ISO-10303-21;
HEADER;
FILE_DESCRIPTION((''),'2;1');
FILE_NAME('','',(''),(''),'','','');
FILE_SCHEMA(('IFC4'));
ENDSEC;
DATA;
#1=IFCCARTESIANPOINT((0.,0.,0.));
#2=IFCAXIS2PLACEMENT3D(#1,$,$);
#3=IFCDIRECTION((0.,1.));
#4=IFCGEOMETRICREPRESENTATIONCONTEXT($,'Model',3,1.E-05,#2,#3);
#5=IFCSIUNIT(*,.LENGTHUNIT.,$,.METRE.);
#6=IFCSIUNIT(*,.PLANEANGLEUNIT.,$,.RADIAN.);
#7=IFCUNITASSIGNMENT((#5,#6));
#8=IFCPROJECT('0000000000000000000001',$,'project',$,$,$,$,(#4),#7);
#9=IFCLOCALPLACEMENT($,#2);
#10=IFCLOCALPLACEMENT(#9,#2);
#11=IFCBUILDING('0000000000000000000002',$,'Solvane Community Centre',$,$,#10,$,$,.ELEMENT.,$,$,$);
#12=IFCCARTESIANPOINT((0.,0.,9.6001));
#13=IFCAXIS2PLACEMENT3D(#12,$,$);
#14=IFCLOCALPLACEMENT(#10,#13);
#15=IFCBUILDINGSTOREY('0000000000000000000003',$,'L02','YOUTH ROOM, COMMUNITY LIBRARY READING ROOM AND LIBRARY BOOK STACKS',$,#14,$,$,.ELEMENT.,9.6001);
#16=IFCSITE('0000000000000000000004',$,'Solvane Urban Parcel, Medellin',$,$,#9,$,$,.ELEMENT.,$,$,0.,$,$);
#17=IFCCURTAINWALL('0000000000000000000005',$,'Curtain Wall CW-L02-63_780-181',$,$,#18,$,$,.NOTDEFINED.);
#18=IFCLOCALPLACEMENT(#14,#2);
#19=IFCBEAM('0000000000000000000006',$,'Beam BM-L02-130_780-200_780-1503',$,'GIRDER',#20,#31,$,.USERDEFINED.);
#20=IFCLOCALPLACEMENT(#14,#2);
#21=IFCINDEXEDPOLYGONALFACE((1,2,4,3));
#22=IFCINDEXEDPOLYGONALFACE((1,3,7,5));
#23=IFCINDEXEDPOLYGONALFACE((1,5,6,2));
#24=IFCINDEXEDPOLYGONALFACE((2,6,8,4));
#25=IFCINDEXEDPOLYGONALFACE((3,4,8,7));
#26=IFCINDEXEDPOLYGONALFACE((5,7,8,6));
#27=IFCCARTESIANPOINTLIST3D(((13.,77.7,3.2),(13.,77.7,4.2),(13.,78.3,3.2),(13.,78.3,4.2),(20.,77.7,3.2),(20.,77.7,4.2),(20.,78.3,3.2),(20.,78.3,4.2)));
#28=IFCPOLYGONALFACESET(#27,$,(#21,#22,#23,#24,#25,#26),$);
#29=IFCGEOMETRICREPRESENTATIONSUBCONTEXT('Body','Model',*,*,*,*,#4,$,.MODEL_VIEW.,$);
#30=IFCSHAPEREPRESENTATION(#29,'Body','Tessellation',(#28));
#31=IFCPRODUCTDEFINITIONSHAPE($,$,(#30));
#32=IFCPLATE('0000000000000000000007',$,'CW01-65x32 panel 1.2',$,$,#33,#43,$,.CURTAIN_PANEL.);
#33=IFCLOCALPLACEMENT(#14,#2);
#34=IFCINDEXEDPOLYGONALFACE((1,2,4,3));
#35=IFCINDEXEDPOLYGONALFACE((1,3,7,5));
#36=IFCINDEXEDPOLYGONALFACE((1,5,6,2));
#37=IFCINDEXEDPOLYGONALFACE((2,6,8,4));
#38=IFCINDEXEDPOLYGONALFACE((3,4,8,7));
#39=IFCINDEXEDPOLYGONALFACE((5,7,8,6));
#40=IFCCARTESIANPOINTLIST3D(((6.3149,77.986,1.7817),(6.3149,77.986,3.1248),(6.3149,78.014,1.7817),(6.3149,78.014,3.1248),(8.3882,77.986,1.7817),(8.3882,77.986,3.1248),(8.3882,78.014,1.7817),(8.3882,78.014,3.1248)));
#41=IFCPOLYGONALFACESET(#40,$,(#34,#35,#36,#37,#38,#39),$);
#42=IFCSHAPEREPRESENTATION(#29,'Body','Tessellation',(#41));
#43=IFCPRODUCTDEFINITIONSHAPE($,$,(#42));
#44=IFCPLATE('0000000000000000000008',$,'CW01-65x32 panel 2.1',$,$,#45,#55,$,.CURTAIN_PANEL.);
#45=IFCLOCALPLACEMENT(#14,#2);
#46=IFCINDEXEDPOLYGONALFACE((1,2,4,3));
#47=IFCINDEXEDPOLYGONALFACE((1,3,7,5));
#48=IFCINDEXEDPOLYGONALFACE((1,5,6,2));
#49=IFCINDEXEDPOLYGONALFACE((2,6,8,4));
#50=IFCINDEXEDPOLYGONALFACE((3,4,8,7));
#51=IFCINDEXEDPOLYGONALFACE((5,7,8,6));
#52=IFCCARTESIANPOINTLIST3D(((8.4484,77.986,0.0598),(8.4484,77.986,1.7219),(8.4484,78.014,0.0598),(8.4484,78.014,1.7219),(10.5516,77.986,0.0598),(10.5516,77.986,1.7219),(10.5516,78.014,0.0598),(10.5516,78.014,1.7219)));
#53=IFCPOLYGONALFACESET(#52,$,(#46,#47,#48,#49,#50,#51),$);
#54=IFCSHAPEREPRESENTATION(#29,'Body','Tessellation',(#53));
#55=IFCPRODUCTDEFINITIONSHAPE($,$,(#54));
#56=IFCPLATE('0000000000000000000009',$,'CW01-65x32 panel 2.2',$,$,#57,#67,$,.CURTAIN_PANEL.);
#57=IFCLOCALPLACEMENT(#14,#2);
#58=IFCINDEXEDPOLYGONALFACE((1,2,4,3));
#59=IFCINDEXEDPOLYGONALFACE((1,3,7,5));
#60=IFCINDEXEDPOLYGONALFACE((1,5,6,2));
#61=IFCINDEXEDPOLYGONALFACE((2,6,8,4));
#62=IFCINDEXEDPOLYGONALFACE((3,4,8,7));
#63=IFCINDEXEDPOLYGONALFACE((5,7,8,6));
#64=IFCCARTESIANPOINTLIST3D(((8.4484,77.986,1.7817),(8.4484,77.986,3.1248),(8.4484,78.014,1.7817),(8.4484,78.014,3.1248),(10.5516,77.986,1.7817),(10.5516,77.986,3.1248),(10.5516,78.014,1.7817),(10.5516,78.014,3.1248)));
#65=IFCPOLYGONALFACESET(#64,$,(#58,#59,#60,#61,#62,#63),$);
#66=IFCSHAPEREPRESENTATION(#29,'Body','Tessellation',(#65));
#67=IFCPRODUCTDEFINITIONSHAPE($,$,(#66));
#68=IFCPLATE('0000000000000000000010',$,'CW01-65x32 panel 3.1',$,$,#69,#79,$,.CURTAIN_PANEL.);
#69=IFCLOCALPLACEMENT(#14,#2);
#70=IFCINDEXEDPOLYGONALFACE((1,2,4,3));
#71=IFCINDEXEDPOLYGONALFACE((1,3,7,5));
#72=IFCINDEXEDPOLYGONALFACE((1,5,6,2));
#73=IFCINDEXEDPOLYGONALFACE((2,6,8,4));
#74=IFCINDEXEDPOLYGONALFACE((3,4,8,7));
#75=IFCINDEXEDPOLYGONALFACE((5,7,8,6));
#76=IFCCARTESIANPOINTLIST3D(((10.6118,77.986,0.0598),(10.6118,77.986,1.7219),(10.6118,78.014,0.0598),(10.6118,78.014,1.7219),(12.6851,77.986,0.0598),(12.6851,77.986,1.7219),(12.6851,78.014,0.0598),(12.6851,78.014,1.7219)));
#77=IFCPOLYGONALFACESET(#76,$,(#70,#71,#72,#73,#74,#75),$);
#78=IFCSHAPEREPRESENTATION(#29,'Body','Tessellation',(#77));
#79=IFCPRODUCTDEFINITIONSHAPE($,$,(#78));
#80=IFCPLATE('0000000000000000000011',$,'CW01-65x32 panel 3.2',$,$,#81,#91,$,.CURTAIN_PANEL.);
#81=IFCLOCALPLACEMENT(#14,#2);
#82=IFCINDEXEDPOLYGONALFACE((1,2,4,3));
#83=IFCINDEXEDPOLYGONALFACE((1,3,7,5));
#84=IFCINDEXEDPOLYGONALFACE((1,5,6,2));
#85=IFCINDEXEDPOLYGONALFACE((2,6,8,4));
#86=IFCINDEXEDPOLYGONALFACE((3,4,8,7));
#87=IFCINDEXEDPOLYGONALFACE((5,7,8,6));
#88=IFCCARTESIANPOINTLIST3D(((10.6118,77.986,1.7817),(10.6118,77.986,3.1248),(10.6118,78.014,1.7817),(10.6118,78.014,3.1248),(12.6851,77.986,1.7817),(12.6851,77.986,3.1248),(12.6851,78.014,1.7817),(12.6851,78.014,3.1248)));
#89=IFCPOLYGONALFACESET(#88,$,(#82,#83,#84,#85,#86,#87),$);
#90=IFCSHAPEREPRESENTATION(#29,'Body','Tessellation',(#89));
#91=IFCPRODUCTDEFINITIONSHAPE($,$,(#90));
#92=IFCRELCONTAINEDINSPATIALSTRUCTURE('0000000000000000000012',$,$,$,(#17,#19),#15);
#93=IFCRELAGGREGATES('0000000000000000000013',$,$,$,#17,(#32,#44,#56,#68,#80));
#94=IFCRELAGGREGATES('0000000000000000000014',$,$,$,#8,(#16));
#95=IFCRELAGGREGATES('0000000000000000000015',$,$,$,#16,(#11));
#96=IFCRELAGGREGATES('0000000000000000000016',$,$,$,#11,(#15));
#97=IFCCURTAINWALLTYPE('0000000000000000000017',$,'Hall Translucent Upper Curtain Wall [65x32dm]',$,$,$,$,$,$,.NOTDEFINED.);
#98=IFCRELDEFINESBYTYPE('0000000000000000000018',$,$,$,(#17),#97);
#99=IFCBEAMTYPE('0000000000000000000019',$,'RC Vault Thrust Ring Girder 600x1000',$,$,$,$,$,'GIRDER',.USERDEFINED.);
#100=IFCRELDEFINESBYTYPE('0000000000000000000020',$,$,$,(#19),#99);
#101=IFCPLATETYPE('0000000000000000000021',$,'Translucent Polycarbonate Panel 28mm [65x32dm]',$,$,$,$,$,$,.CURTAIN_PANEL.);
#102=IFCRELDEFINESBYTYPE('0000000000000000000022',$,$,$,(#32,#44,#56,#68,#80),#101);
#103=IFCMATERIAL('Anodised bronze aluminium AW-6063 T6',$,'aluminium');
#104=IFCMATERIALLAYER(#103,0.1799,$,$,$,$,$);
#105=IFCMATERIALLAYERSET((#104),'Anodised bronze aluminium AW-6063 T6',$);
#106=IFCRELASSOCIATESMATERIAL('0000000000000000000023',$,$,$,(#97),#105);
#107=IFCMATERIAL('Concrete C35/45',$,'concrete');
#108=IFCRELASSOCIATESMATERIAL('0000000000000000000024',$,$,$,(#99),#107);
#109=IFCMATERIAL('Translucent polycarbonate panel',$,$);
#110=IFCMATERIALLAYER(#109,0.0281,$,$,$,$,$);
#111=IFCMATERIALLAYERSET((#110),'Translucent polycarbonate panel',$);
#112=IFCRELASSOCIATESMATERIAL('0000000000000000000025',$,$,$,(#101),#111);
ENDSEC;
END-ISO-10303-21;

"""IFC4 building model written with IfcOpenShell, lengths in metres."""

from ifc_helpers import new_model, si_unit, direction, frame, origin, origin_2d, place, context, subcontext, project, spatial, rectangle, extrude, material, layer, layer_set, material_profile, profile_set, type_object, element, aggregate, save


model = new_model("IFC4")

# Units and contexts
model_context = context("Model", 3, precision=1e-05, world=origin(), true_north=direction((0.0, 1.0)))
body_context = subcontext(model_context, "Body", "Model", "MODEL_VIEW")
ifc_project = project(units=[si_unit("LENGTHUNIT", "METRE"), si_unit("PLANEANGLEUNIT", "RADIAN")], contexts=[model_context])

# Site, building, storey
site_placement = place(None, origin())
site = spatial("IfcSite", under=ifc_project, at=site_placement, Name="Solvane Urban Parcel, Medellin", CompositionType="ELEMENT", RefElevation=0.0)
building_placement = place(site_placement, origin())
building = spatial("IfcBuilding", under=site, at=building_placement, Name="Solvane Community Centre", CompositionType="ELEMENT")
storey_placement = place(building_placement, frame((0.0, 0.0, 9.6001)))
storey = spatial("IfcBuildingStorey", under=building, at=storey_placement, Name="L02", Description="YOUTH ROOM, COMMUNITY LIBRARY READING ROOM AND LIBRARY BOOK STACKS", CompositionType="ELEMENT", Elevation=9.6001)

# Curtain wall
ifc_material_1 = material(Name="Anodised bronze aluminium AW-6063 T6", Category="aluminium")
ifc_layer_1 = layer(ifc_material_1, 0.1799)
ifc_layer_set_1 = layer_set([ifc_layer_1], Name="Anodised bronze aluminium AW-6063 T6")
curtain_wall_type = type_object("IfcCurtainWallType", Name="Hall Translucent Upper Curtain Wall [65x32dm]", PredefinedType="NOTDEFINED", material=ifc_layer_set_1)
curtain_wall_1_placement = place(storey_placement, origin())
curtain_wall_1 = element("IfcCurtainWall", 1, at=curtain_wall_1_placement, inside=storey, type_object=curtain_wall_type, Name="Curtain Wall CW-L02-63_780-181", PredefinedType="NOTDEFINED")

# Beam
ifc_material_2 = material(Name="Concrete C35/45", Category="concrete")
ifc_material_profile_1 = material_profile(ifc_material_2, rectangle(XDim=0.6001, YDim=1.0, at=origin_2d()), Name="RC 600x1000")
ifc_profile_set_1 = profile_set([ifc_material_profile_1], Name="Concrete C35/45")
beam_type = type_object("IfcBeamType", Name="RC Vault Thrust Ring Girder 600x1000", ElementType="GIRDER", PredefinedType="USERDEFINED", material=ifc_profile_set_1)
for number, where, z_axis, x_axis, name in (
    (2, (13.0, 78.0, 3.7), (1.0, 0.0, 0.0), (0.0, 1.0, 0.0), "Beam BM-L02-130_780-200_780-1503"),
):
    element("IfcBeam", number, at=place(storey_placement, frame(where, z_axis=z_axis, x_axis=x_axis)), inside=storey, type_object=beam_type, Name=name, ObjectType="GIRDER", PredefinedType="USERDEFINED", context=body_context, shape_type="SweptSolid", body=[
        extrude(rectangle(XDim=0.6001, YDim=1.0, at=origin_2d()), origin(), (0.0, 0.0, 1.0), 7.0),
    ])

# Plates
ifc_material_3 = material(Name="Translucent polycarbonate panel")
ifc_layer_2 = layer(ifc_material_3, 0.0281)
ifc_layer_set_2 = layer_set([ifc_layer_2], Name="Translucent polycarbonate panel")
plate_type = type_object("IfcPlateType", Name="Translucent Polycarbonate Panel 28mm [65x32dm]", PredefinedType="CURTAIN_PANEL", material=ifc_layer_set_2)
plate_1_placement = place(storey_placement, frame((7.3516, 78.0, 1.7817), z_axis=(0.0, 0.0, 1.0), x_axis=(1.0, 0.0, 0.0)))
plate_1 = element("IfcPlate", 3, at=plate_1_placement, type_object=plate_type, Name="CW01-65x32 panel 1.2", PredefinedType="CURTAIN_PANEL", context=body_context, shape_type="SweptSolid", body=[
    extrude(rectangle(XDim=2.0732, YDim=0.0281, at=origin_2d()), origin(), (0.0, 0.0, 1.0), 1.343),
])
plate_2_placement = place(storey_placement, frame((9.5, 78.0, 0.0598), z_axis=(0.0, 0.0, 1.0), x_axis=(1.0, 0.0, 0.0)))
plate_2 = element("IfcPlate", 4, at=plate_2_placement, type_object=plate_type, Name="CW01-65x32 panel 2.1", PredefinedType="CURTAIN_PANEL", context=body_context, shape_type="SweptSolid", body=[
    extrude(rectangle(XDim=2.1033, YDim=0.0281, at=origin_2d()), origin(), (0.0, 0.0, 1.0), 1.6621),
])
plate_3_placement = place(storey_placement, frame((9.5, 78.0, 1.7817), z_axis=(0.0, 0.0, 1.0), x_axis=(1.0, 0.0, 0.0)))
plate_3 = element("IfcPlate", 5, at=plate_3_placement, type_object=plate_type, Name="CW01-65x32 panel 2.2", PredefinedType="CURTAIN_PANEL", context=body_context, shape_type="SweptSolid", body=[
    extrude(rectangle(XDim=2.1033, YDim=0.0281, at=origin_2d()), origin(), (0.0, 0.0, 1.0), 1.343),
])
plate_4_placement = place(storey_placement, frame((11.6484, 78.0, 0.0598), z_axis=(0.0, 0.0, 1.0), x_axis=(1.0, 0.0, 0.0)))
plate_4 = element("IfcPlate", 6, at=plate_4_placement, type_object=plate_type, Name="CW01-65x32 panel 3.1", PredefinedType="CURTAIN_PANEL", context=body_context, shape_type="SweptSolid", body=[
    extrude(rectangle(XDim=2.0732, YDim=0.0281, at=origin_2d()), origin(), (0.0, 0.0, 1.0), 1.6621),
])
plate_5_placement = place(storey_placement, frame((11.6484, 78.0, 1.7817), z_axis=(0.0, 0.0, 1.0), x_axis=(1.0, 0.0, 0.0)))
plate_5 = element("IfcPlate", 7, at=plate_5_placement, type_object=plate_type, Name="CW01-65x32 panel 3.2", PredefinedType="CURTAIN_PANEL", context=body_context, shape_type="SweptSolid", body=[
    extrude(rectangle(XDim=2.0732, YDim=0.0281, at=origin_2d()), origin(), (0.0, 0.0, 1.0), 1.343),
])
aggregate(curtain_wall_1, [plate_1, plate_2, plate_3, plate_4, plate_5])

save(model, "model.ifc")
